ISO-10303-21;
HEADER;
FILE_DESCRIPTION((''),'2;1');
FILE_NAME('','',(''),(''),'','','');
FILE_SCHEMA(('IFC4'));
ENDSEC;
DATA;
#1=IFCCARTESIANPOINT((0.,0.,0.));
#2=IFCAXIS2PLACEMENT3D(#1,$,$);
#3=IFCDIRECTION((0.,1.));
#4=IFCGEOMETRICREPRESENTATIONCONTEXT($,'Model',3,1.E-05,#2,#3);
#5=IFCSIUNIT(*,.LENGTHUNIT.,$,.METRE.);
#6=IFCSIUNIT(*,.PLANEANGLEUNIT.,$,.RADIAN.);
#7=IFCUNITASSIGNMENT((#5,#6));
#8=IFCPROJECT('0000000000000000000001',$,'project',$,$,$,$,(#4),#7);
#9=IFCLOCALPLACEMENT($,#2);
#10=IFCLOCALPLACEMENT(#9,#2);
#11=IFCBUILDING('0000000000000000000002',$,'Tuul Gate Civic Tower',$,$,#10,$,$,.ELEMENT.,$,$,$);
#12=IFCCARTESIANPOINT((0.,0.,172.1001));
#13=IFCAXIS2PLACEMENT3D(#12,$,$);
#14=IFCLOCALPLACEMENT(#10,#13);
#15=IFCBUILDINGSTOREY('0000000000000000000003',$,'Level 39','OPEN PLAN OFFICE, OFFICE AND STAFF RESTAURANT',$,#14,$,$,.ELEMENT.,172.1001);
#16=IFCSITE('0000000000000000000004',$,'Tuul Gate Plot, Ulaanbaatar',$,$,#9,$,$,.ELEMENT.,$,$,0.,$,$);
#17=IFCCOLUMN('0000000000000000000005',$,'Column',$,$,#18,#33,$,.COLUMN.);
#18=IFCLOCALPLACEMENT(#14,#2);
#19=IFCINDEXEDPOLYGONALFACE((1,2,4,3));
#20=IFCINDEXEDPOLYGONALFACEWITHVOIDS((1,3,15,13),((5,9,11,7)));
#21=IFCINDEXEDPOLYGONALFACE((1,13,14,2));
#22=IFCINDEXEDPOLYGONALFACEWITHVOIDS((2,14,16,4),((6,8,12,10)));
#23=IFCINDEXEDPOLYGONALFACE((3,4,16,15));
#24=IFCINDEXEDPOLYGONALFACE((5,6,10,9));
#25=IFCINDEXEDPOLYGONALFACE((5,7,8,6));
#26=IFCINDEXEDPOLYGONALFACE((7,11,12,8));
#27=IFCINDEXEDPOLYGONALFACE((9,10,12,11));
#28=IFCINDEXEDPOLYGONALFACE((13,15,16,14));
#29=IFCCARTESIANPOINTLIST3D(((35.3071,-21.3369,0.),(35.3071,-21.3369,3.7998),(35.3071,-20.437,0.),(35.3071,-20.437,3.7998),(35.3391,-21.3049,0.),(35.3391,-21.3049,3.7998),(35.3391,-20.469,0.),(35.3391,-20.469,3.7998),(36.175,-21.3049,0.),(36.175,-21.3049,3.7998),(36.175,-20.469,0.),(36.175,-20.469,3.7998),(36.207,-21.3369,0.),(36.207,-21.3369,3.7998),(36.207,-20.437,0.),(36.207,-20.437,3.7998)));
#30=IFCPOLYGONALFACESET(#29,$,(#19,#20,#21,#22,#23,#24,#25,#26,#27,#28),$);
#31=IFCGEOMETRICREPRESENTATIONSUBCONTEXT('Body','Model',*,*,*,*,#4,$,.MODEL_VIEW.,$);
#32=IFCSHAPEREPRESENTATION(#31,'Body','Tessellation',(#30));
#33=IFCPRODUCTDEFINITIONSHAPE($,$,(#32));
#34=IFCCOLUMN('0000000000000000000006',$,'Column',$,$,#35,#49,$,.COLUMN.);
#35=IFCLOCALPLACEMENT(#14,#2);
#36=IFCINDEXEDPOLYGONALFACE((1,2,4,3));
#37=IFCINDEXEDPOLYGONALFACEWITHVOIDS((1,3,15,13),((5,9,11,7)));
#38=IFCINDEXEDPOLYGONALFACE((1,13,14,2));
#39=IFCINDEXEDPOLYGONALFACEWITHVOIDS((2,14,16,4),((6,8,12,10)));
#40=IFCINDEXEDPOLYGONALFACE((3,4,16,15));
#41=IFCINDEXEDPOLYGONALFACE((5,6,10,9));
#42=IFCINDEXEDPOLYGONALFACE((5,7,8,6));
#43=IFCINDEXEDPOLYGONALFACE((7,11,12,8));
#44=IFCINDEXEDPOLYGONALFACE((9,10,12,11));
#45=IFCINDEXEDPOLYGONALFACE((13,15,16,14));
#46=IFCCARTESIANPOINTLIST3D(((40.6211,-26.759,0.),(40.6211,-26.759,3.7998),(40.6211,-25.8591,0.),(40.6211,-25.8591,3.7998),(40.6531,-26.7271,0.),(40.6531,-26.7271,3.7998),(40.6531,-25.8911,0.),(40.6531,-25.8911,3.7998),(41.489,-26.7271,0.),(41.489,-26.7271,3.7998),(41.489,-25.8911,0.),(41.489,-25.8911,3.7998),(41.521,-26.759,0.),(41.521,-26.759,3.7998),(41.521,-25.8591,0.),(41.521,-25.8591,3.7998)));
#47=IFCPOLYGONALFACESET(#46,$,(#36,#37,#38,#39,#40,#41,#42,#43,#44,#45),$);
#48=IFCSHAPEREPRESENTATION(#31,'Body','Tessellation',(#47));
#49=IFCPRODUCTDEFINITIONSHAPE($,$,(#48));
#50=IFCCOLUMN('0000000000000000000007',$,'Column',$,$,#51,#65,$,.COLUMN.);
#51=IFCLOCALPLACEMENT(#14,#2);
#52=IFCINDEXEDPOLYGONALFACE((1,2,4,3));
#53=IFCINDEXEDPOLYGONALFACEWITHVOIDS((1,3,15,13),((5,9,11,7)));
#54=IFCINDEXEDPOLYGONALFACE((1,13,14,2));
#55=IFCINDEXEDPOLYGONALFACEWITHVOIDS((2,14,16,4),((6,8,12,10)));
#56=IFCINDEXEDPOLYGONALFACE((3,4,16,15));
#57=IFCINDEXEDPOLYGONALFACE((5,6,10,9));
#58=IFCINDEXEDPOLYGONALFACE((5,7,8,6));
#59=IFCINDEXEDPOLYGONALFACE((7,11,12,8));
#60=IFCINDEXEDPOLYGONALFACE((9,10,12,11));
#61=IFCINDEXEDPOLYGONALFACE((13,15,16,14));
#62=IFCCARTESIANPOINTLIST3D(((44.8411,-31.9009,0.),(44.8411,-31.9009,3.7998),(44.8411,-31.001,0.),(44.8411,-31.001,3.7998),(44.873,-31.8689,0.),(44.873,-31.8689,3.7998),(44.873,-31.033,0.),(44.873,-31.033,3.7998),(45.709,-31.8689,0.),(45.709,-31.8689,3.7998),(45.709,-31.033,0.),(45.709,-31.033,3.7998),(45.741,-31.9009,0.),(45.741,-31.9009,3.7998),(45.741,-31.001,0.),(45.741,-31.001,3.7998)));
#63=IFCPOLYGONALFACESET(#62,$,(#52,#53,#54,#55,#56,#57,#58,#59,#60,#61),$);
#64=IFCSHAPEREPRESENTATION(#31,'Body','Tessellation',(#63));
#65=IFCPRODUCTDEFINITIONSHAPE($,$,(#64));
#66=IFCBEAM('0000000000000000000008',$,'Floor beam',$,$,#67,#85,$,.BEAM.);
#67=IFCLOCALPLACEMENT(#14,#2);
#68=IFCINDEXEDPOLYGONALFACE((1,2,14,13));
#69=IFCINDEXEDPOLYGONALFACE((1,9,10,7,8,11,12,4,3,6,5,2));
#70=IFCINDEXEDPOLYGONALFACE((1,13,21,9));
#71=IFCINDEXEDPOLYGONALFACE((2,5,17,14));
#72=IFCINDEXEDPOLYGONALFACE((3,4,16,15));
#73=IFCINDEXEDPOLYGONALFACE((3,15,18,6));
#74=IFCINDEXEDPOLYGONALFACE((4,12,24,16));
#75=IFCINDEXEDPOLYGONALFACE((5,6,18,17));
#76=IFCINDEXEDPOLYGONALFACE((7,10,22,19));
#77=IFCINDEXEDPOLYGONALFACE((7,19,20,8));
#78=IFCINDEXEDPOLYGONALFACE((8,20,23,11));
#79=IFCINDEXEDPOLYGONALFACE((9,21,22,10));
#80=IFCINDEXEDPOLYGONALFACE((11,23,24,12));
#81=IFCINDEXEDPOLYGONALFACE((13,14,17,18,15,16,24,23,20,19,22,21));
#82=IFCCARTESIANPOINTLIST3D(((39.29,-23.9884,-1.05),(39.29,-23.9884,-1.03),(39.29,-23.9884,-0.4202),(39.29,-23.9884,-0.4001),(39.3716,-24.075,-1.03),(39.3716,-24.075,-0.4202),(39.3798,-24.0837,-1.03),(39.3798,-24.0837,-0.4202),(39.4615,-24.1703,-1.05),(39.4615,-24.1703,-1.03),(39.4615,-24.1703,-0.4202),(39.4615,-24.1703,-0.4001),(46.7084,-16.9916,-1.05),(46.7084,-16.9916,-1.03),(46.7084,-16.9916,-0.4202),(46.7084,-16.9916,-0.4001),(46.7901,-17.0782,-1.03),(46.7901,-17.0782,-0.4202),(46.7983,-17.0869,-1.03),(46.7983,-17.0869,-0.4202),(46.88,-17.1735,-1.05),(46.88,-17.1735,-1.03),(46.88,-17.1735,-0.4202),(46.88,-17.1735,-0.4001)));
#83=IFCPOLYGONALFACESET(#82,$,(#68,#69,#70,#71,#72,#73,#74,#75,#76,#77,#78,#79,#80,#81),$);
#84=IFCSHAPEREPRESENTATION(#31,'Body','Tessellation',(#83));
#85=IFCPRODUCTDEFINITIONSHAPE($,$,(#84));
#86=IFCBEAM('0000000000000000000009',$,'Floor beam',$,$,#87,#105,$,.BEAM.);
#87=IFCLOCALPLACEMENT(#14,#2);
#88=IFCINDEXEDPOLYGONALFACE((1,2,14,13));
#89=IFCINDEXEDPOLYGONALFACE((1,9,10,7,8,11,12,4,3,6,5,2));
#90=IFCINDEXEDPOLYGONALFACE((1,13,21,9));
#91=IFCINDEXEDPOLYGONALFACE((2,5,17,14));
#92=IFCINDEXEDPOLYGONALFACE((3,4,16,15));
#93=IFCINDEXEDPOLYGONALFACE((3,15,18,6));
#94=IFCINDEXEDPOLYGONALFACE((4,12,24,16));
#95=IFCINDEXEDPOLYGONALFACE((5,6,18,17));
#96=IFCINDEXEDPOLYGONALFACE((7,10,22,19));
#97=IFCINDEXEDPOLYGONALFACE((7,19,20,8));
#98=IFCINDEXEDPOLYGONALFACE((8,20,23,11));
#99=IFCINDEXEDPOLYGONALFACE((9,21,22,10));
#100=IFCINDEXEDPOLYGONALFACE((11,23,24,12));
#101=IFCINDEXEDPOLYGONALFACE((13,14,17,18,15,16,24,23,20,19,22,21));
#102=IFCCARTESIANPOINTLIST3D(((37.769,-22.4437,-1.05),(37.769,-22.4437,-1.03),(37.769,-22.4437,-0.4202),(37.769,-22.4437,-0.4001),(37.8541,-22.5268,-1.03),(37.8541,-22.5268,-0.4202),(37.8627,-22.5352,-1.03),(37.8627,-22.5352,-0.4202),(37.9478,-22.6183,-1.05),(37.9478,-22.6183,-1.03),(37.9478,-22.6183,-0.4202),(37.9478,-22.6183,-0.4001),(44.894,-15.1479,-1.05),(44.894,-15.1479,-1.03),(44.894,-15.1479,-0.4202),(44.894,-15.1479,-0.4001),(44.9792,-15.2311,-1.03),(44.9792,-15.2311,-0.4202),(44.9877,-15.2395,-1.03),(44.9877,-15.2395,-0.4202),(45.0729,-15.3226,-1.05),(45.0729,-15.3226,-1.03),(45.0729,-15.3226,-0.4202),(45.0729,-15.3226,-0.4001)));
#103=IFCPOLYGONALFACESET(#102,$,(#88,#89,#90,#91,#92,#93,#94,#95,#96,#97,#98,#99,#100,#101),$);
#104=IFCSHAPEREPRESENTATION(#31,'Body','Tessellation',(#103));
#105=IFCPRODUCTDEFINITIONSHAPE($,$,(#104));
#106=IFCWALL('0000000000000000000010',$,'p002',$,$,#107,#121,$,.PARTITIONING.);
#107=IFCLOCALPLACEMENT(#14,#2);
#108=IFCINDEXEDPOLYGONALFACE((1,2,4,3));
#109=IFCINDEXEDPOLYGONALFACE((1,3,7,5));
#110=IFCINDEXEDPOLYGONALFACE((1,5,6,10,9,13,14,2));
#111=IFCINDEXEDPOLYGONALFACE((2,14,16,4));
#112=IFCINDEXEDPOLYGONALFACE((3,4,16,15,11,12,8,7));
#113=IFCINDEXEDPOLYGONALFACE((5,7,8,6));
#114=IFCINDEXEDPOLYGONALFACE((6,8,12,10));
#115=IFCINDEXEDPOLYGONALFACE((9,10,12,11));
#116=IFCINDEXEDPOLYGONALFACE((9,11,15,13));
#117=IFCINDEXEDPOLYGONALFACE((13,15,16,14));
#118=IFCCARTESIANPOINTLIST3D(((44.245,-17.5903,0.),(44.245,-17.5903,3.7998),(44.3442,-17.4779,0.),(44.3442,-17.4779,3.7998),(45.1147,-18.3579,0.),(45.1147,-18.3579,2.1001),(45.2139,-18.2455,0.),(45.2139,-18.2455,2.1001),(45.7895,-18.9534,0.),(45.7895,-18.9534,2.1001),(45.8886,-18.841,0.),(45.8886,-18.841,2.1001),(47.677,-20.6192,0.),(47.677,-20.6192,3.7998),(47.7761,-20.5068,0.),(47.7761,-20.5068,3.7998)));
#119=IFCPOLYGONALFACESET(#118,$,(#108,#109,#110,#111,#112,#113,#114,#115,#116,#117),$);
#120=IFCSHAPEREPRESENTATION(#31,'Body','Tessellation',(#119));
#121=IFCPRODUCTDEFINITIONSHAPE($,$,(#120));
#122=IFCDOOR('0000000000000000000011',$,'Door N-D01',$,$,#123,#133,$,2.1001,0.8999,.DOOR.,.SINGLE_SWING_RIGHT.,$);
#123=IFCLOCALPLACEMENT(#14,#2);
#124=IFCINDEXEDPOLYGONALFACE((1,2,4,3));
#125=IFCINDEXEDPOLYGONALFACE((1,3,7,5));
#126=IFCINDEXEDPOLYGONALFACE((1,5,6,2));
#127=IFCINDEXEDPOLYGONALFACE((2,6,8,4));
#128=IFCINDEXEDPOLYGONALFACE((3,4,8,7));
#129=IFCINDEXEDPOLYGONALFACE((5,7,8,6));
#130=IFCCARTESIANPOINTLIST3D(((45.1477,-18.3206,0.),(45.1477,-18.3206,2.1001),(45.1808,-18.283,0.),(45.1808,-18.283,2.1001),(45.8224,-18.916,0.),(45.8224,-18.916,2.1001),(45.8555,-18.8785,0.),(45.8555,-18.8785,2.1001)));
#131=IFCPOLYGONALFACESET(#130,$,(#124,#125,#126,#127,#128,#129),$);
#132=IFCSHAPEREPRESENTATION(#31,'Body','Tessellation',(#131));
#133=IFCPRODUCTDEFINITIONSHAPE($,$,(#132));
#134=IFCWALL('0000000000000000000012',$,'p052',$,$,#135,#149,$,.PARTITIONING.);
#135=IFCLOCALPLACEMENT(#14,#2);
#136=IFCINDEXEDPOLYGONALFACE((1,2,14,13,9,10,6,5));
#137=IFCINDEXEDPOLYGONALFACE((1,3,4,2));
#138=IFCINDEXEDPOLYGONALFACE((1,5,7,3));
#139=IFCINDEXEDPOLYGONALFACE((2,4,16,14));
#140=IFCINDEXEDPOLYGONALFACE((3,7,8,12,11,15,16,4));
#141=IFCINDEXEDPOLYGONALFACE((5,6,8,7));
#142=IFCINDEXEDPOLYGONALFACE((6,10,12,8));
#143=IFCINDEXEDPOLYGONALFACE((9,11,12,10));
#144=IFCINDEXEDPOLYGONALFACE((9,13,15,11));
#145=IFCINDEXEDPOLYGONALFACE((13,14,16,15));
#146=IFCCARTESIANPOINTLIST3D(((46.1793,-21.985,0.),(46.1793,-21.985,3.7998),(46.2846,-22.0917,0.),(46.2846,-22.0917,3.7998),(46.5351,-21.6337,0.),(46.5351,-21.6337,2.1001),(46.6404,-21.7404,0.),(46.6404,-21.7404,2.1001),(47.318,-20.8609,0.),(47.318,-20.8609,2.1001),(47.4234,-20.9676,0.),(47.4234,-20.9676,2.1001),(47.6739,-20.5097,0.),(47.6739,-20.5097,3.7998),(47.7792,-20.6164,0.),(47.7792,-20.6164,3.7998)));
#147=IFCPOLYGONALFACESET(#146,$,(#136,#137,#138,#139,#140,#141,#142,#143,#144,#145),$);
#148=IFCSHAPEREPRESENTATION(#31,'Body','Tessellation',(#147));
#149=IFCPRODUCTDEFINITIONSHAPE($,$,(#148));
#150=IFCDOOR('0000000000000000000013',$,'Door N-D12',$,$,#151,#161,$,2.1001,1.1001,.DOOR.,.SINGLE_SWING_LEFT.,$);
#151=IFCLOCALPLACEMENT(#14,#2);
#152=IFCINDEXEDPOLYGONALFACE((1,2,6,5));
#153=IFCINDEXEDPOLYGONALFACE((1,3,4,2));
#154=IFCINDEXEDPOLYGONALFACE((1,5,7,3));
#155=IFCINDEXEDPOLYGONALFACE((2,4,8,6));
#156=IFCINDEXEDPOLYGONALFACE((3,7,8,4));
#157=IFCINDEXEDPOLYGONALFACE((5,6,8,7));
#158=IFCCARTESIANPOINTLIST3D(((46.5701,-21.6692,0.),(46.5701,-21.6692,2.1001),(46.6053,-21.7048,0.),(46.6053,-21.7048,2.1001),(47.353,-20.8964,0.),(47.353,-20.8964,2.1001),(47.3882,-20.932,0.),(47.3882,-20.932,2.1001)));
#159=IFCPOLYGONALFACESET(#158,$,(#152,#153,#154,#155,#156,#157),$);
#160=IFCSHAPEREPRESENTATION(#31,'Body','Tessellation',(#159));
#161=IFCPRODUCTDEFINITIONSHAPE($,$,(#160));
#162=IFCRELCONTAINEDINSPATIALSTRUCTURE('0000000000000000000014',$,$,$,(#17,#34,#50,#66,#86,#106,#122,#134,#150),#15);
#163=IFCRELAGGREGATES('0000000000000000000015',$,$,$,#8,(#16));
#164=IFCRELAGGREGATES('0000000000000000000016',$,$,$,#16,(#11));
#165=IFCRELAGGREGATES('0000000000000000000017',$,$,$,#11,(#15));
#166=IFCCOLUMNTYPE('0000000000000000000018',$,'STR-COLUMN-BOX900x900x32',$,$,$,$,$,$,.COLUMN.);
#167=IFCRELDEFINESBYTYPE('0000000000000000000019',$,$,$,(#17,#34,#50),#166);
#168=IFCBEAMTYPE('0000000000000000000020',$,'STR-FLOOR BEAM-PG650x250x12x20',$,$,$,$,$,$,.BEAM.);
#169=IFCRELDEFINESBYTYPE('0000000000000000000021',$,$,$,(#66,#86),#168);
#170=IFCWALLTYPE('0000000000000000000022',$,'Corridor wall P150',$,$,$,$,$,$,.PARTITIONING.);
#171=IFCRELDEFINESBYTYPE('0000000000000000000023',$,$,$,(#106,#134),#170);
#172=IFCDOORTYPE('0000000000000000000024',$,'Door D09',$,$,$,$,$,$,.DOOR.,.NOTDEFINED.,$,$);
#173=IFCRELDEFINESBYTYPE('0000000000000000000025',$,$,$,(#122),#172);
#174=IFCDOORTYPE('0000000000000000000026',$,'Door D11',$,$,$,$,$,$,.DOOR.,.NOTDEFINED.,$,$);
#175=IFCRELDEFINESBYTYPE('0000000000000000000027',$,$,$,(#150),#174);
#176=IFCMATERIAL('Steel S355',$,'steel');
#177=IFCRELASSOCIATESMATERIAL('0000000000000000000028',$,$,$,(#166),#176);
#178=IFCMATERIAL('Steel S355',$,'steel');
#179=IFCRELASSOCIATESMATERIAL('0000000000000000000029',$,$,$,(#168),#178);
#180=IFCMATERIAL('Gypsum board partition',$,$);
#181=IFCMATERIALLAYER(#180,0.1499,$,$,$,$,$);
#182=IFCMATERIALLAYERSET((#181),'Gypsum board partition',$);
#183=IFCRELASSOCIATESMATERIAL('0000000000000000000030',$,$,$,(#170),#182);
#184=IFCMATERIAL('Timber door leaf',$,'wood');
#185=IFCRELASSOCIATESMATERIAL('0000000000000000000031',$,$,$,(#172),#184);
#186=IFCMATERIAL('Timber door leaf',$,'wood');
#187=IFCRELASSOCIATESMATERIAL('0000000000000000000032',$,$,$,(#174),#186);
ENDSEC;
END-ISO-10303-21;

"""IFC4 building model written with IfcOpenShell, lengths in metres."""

from ifc_helpers import new_model, si_unit, direction, frame, frame_2d, origin, origin_2d, place, context, subcontext, project, spatial, rectangle, hollow_rectangle, i_section, extrude, material, layer, layer_set, material_profile, profile_set, type_object, element, fill, save


model = new_model("IFC4")

# Units and contexts
model_context = context("Model", 3, precision=1e-05, world=origin(), true_north=direction((0.0, 1.0)))
body_context = subcontext(model_context, "Body", "Model", "MODEL_VIEW")
ifc_project = project(units=[si_unit("LENGTHUNIT", "METRE"), si_unit("PLANEANGLEUNIT", "RADIAN")], contexts=[model_context])

# Site, building, storey
site_placement = place(None, origin())
site = spatial("IfcSite", under=ifc_project, at=site_placement, Name="Tuul Gate Plot, Ulaanbaatar", CompositionType="ELEMENT", RefElevation=0.0)
building_placement = place(site_placement, origin())
building = spatial("IfcBuilding", under=site, at=building_placement, Name="Tuul Gate Civic Tower", CompositionType="ELEMENT")
storey_placement = place(building_placement, frame((0.0, 0.0, 172.1001)))
storey = spatial("IfcBuildingStorey", under=building, at=storey_placement, Name="Level 39", Description="OPEN PLAN OFFICE, OFFICE AND STAFF RESTAURANT", CompositionType="ELEMENT", Elevation=172.1001)

# Columns
ifc_material_1 = material(Name="Steel S355", Category="steel")
ifc_material_profile_1 = material_profile(ifc_material_1, hollow_rectangle(XDim=0.8999, YDim=0.8999, WallThickness=0.032, at=origin_2d()), Name="BOX900x900x32")
ifc_profile_set_1 = profile_set([ifc_material_profile_1], Name="Steel S355")
column_type = type_object("IfcColumnType", Name="STR-COLUMN-BOX900x900x32", PredefinedType="COLUMN", material=ifc_profile_set_1)
for number, where, z_axis, x_axis, name in (
    (1, (35.7571, -20.887, 0.0), (0.0, 0.0, 1.0), (1.0, 0.0, 0.0), "Column"),
    (2, (41.071, -26.3091, 0.0), (0.0, 0.0, 1.0), (1.0, 0.0, 0.0), "Column"),
    (3, (45.291, -31.4509, 0.0), (0.0, 0.0, 1.0), (1.0, 0.0, 0.0), "Column"),
):
    element("IfcColumn", number, at=place(storey_placement, frame(where, z_axis=z_axis, x_axis=x_axis)), inside=storey, type_object=column_type, Name=name, PredefinedType="COLUMN", context=body_context, shape_type="SweptSolid", body=[
        extrude(hollow_rectangle(XDim=0.8999, YDim=0.8999, WallThickness=0.032, at=origin_2d()), origin(), (0.0, 0.0, 1.0), 3.7998),
    ])

# Beams
ifc_material_2 = material(Name="Steel S355", Category="steel")
ifc_material_profile_2 = material_profile(ifc_material_2, i_section(OverallWidth=0.25, OverallDepth=0.6499, WebThickness=0.012, FlangeThickness=0.02, at=origin_2d()), Name="PG650x250x12x20")
ifc_profile_set_2 = profile_set([ifc_material_profile_2], Name="Steel S355")
beam_type = type_object("IfcBeamType", Name="STR-FLOOR BEAM-PG650x250x12x20", PredefinedType="BEAM", material=ifc_profile_set_2)
beam_1_placement = place(storey_placement, frame((39.3757, -24.0793, -0.7251), z_axis=(0.727478, 0.686131, 0.0), x_axis=(-0.686131, 0.727478, 0.0)))
element("IfcBeam", 4, at=beam_1_placement, inside=storey, type_object=beam_type, Name="Floor beam", PredefinedType="BEAM", context=body_context, shape_type="SweptSolid", body=[
    extrude(i_section(OverallWidth=0.25, OverallDepth=0.6499, WebThickness=0.012, FlangeThickness=0.02, at=origin_2d()), origin(), (0.0, 0.0, 1.0), 10.1975),
])
beam_2_placement = place(storey_placement, frame((37.8584, -22.531, -0.7251), z_axis=(0.69869, 0.715425, 0.0), x_axis=(-0.715425, 0.69869, 0.0)))
element("IfcBeam", 5, at=beam_2_placement, inside=storey, type_object=beam_type, Name="Floor beam", PredefinedType="BEAM", context=body_context, shape_type="SweptSolid", body=[
    extrude(i_section(OverallWidth=0.25, OverallDepth=0.6499, WebThickness=0.012, FlangeThickness=0.02, at=origin_2d()), origin(), (0.0, 0.0, 1.0), 10.1978),
])

# Walls, openings, doors
ifc_material_3 = material(Name="Gypsum board partition")
ifc_layer_1 = layer(ifc_material_3, 0.1499)
ifc_layer_set_1 = layer_set([ifc_layer_1], Name="Gypsum board partition")
wall_type_1 = type_object("IfcWallType", Name="Corridor wall P150", PredefinedType="PARTITIONING", material=ifc_layer_set_1)
wall_1_placement = place(storey_placement, frame((44.2947, -17.5342, 0.0), z_axis=(0.0, 0.0, 1.0), x_axis=(0.749765, -0.661705, 0.0)))
wall_1 = element("IfcWall", 6, at=wall_1_placement, inside=storey, type_object=wall_type_1, Name="p002", PredefinedType="PARTITIONING", context=body_context, shape_type="SweptSolid", body=[
    extrude(rectangle(XDim=4.5774, YDim=0.1499, at=frame_2d((2.2886, 0.0))), origin(), (0.0, 0.0, 1.0), 3.7998),
])
opening_1_placement = place(wall_1_placement, frame((1.1599, 0.0, 0.0)))
opening_1 = element("IfcOpeningElement", 7, at=opening_1_placement, cuts=wall_1, PredefinedType="OPENING", context=body_context, shape_type="SweptSolid", body=[
    extrude(rectangle(XDim=0.8999, YDim=2.1001, at=frame_2d((0.45, 1.05))), frame((0.0, 0.085, 0.0), z_axis=(0.0, -1.0, 0.0), x_axis=(1.0, 0.0, 0.0)), (0.0, 0.0, 1.0), 0.1699),
])
ifc_material_4 = material(Name="Timber door leaf", Category="wood")
door_type_1 = type_object("IfcDoorType", Name="Door D09", OperationType="NOTDEFINED", PredefinedType="DOOR", material=ifc_material_4)
door_1_placement = place(opening_1_placement, origin())
door_1 = element("IfcDoor", 8, at=door_1_placement, inside=storey, type_object=door_type_1, Name="Door N-D01", OperationType="SINGLE_SWING_RIGHT", OverallHeight=2.1001, OverallWidth=0.8999, PredefinedType="DOOR", context=body_context, shape_type="SweptSolid", body=[
    extrude(rectangle(XDim=0.8999, YDim=2.1001, at=frame_2d((0.45, 1.05))), frame((0.0, 0.0249, 0.0), z_axis=(0.0, -1.0, 0.0), x_axis=(1.0, 0.0, 0.0)), (0.0, 0.0, 1.0), 0.05),
])
fill(opening_1, door_1)
wall_2_placement = place(storey_placement, frame((46.2319, -22.0383, 0.0), z_axis=(0.0, 0.0, 1.0), x_axis=(0.711684, 0.7025, 0.0)))
wall_2 = element("IfcWall", 9, at=wall_2_placement, inside=storey, type_object=wall_type_1, Name="p052", PredefinedType="PARTITIONING", context=body_context, shape_type="SweptSolid", body=[
    extrude(rectangle(XDim=2.1001, YDim=0.1499, at=frame_2d((1.05, 0.0))), origin(), (0.0, 0.0, 1.0), 3.7998),
])
opening_2_placement = place(wall_2_placement, frame((0.5, 0.0, 0.0)))
opening_2 = element("IfcOpeningElement", 10, at=opening_2_placement, cuts=wall_2, PredefinedType="OPENING", context=body_context, shape_type="SweptSolid", body=[
    extrude(rectangle(XDim=1.1001, YDim=2.1001, at=frame_2d((0.55, 1.05))), frame((0.0, 0.085, 0.0), z_axis=(0.0, -1.0, 0.0), x_axis=(1.0, 0.0, 0.0)), (0.0, 0.0, 1.0), 0.1699),
])
ifc_material_5 = material(Name="Timber door leaf", Category="wood")
door_type_2 = type_object("IfcDoorType", Name="Door D11", OperationType="NOTDEFINED", PredefinedType="DOOR", material=ifc_material_5)
door_2_placement = place(opening_2_placement, frame((1.1001, 0.0, 0.0), z_axis=(0.0, 0.0, 1.0), x_axis=(-1.0, 0.0, 0.0)))
door_2 = element("IfcDoor", 11, at=door_2_placement, inside=storey, type_object=door_type_2, Name="Door N-D12", OperationType="SINGLE_SWING_LEFT", OverallHeight=2.1001, OverallWidth=1.1001, PredefinedType="DOOR", context=body_context, shape_type="SweptSolid", body=[
    extrude(rectangle(XDim=1.1001, YDim=2.1001, at=frame_2d((0.55, 1.05))), frame((0.0, 0.0249, 0.0), z_axis=(0.0, -1.0, 0.0), x_axis=(1.0, 0.0, 0.0)), (0.0, 0.0, 1.0), 0.05),
])
fill(opening_2, door_2)

save(model, "model.ifc")
